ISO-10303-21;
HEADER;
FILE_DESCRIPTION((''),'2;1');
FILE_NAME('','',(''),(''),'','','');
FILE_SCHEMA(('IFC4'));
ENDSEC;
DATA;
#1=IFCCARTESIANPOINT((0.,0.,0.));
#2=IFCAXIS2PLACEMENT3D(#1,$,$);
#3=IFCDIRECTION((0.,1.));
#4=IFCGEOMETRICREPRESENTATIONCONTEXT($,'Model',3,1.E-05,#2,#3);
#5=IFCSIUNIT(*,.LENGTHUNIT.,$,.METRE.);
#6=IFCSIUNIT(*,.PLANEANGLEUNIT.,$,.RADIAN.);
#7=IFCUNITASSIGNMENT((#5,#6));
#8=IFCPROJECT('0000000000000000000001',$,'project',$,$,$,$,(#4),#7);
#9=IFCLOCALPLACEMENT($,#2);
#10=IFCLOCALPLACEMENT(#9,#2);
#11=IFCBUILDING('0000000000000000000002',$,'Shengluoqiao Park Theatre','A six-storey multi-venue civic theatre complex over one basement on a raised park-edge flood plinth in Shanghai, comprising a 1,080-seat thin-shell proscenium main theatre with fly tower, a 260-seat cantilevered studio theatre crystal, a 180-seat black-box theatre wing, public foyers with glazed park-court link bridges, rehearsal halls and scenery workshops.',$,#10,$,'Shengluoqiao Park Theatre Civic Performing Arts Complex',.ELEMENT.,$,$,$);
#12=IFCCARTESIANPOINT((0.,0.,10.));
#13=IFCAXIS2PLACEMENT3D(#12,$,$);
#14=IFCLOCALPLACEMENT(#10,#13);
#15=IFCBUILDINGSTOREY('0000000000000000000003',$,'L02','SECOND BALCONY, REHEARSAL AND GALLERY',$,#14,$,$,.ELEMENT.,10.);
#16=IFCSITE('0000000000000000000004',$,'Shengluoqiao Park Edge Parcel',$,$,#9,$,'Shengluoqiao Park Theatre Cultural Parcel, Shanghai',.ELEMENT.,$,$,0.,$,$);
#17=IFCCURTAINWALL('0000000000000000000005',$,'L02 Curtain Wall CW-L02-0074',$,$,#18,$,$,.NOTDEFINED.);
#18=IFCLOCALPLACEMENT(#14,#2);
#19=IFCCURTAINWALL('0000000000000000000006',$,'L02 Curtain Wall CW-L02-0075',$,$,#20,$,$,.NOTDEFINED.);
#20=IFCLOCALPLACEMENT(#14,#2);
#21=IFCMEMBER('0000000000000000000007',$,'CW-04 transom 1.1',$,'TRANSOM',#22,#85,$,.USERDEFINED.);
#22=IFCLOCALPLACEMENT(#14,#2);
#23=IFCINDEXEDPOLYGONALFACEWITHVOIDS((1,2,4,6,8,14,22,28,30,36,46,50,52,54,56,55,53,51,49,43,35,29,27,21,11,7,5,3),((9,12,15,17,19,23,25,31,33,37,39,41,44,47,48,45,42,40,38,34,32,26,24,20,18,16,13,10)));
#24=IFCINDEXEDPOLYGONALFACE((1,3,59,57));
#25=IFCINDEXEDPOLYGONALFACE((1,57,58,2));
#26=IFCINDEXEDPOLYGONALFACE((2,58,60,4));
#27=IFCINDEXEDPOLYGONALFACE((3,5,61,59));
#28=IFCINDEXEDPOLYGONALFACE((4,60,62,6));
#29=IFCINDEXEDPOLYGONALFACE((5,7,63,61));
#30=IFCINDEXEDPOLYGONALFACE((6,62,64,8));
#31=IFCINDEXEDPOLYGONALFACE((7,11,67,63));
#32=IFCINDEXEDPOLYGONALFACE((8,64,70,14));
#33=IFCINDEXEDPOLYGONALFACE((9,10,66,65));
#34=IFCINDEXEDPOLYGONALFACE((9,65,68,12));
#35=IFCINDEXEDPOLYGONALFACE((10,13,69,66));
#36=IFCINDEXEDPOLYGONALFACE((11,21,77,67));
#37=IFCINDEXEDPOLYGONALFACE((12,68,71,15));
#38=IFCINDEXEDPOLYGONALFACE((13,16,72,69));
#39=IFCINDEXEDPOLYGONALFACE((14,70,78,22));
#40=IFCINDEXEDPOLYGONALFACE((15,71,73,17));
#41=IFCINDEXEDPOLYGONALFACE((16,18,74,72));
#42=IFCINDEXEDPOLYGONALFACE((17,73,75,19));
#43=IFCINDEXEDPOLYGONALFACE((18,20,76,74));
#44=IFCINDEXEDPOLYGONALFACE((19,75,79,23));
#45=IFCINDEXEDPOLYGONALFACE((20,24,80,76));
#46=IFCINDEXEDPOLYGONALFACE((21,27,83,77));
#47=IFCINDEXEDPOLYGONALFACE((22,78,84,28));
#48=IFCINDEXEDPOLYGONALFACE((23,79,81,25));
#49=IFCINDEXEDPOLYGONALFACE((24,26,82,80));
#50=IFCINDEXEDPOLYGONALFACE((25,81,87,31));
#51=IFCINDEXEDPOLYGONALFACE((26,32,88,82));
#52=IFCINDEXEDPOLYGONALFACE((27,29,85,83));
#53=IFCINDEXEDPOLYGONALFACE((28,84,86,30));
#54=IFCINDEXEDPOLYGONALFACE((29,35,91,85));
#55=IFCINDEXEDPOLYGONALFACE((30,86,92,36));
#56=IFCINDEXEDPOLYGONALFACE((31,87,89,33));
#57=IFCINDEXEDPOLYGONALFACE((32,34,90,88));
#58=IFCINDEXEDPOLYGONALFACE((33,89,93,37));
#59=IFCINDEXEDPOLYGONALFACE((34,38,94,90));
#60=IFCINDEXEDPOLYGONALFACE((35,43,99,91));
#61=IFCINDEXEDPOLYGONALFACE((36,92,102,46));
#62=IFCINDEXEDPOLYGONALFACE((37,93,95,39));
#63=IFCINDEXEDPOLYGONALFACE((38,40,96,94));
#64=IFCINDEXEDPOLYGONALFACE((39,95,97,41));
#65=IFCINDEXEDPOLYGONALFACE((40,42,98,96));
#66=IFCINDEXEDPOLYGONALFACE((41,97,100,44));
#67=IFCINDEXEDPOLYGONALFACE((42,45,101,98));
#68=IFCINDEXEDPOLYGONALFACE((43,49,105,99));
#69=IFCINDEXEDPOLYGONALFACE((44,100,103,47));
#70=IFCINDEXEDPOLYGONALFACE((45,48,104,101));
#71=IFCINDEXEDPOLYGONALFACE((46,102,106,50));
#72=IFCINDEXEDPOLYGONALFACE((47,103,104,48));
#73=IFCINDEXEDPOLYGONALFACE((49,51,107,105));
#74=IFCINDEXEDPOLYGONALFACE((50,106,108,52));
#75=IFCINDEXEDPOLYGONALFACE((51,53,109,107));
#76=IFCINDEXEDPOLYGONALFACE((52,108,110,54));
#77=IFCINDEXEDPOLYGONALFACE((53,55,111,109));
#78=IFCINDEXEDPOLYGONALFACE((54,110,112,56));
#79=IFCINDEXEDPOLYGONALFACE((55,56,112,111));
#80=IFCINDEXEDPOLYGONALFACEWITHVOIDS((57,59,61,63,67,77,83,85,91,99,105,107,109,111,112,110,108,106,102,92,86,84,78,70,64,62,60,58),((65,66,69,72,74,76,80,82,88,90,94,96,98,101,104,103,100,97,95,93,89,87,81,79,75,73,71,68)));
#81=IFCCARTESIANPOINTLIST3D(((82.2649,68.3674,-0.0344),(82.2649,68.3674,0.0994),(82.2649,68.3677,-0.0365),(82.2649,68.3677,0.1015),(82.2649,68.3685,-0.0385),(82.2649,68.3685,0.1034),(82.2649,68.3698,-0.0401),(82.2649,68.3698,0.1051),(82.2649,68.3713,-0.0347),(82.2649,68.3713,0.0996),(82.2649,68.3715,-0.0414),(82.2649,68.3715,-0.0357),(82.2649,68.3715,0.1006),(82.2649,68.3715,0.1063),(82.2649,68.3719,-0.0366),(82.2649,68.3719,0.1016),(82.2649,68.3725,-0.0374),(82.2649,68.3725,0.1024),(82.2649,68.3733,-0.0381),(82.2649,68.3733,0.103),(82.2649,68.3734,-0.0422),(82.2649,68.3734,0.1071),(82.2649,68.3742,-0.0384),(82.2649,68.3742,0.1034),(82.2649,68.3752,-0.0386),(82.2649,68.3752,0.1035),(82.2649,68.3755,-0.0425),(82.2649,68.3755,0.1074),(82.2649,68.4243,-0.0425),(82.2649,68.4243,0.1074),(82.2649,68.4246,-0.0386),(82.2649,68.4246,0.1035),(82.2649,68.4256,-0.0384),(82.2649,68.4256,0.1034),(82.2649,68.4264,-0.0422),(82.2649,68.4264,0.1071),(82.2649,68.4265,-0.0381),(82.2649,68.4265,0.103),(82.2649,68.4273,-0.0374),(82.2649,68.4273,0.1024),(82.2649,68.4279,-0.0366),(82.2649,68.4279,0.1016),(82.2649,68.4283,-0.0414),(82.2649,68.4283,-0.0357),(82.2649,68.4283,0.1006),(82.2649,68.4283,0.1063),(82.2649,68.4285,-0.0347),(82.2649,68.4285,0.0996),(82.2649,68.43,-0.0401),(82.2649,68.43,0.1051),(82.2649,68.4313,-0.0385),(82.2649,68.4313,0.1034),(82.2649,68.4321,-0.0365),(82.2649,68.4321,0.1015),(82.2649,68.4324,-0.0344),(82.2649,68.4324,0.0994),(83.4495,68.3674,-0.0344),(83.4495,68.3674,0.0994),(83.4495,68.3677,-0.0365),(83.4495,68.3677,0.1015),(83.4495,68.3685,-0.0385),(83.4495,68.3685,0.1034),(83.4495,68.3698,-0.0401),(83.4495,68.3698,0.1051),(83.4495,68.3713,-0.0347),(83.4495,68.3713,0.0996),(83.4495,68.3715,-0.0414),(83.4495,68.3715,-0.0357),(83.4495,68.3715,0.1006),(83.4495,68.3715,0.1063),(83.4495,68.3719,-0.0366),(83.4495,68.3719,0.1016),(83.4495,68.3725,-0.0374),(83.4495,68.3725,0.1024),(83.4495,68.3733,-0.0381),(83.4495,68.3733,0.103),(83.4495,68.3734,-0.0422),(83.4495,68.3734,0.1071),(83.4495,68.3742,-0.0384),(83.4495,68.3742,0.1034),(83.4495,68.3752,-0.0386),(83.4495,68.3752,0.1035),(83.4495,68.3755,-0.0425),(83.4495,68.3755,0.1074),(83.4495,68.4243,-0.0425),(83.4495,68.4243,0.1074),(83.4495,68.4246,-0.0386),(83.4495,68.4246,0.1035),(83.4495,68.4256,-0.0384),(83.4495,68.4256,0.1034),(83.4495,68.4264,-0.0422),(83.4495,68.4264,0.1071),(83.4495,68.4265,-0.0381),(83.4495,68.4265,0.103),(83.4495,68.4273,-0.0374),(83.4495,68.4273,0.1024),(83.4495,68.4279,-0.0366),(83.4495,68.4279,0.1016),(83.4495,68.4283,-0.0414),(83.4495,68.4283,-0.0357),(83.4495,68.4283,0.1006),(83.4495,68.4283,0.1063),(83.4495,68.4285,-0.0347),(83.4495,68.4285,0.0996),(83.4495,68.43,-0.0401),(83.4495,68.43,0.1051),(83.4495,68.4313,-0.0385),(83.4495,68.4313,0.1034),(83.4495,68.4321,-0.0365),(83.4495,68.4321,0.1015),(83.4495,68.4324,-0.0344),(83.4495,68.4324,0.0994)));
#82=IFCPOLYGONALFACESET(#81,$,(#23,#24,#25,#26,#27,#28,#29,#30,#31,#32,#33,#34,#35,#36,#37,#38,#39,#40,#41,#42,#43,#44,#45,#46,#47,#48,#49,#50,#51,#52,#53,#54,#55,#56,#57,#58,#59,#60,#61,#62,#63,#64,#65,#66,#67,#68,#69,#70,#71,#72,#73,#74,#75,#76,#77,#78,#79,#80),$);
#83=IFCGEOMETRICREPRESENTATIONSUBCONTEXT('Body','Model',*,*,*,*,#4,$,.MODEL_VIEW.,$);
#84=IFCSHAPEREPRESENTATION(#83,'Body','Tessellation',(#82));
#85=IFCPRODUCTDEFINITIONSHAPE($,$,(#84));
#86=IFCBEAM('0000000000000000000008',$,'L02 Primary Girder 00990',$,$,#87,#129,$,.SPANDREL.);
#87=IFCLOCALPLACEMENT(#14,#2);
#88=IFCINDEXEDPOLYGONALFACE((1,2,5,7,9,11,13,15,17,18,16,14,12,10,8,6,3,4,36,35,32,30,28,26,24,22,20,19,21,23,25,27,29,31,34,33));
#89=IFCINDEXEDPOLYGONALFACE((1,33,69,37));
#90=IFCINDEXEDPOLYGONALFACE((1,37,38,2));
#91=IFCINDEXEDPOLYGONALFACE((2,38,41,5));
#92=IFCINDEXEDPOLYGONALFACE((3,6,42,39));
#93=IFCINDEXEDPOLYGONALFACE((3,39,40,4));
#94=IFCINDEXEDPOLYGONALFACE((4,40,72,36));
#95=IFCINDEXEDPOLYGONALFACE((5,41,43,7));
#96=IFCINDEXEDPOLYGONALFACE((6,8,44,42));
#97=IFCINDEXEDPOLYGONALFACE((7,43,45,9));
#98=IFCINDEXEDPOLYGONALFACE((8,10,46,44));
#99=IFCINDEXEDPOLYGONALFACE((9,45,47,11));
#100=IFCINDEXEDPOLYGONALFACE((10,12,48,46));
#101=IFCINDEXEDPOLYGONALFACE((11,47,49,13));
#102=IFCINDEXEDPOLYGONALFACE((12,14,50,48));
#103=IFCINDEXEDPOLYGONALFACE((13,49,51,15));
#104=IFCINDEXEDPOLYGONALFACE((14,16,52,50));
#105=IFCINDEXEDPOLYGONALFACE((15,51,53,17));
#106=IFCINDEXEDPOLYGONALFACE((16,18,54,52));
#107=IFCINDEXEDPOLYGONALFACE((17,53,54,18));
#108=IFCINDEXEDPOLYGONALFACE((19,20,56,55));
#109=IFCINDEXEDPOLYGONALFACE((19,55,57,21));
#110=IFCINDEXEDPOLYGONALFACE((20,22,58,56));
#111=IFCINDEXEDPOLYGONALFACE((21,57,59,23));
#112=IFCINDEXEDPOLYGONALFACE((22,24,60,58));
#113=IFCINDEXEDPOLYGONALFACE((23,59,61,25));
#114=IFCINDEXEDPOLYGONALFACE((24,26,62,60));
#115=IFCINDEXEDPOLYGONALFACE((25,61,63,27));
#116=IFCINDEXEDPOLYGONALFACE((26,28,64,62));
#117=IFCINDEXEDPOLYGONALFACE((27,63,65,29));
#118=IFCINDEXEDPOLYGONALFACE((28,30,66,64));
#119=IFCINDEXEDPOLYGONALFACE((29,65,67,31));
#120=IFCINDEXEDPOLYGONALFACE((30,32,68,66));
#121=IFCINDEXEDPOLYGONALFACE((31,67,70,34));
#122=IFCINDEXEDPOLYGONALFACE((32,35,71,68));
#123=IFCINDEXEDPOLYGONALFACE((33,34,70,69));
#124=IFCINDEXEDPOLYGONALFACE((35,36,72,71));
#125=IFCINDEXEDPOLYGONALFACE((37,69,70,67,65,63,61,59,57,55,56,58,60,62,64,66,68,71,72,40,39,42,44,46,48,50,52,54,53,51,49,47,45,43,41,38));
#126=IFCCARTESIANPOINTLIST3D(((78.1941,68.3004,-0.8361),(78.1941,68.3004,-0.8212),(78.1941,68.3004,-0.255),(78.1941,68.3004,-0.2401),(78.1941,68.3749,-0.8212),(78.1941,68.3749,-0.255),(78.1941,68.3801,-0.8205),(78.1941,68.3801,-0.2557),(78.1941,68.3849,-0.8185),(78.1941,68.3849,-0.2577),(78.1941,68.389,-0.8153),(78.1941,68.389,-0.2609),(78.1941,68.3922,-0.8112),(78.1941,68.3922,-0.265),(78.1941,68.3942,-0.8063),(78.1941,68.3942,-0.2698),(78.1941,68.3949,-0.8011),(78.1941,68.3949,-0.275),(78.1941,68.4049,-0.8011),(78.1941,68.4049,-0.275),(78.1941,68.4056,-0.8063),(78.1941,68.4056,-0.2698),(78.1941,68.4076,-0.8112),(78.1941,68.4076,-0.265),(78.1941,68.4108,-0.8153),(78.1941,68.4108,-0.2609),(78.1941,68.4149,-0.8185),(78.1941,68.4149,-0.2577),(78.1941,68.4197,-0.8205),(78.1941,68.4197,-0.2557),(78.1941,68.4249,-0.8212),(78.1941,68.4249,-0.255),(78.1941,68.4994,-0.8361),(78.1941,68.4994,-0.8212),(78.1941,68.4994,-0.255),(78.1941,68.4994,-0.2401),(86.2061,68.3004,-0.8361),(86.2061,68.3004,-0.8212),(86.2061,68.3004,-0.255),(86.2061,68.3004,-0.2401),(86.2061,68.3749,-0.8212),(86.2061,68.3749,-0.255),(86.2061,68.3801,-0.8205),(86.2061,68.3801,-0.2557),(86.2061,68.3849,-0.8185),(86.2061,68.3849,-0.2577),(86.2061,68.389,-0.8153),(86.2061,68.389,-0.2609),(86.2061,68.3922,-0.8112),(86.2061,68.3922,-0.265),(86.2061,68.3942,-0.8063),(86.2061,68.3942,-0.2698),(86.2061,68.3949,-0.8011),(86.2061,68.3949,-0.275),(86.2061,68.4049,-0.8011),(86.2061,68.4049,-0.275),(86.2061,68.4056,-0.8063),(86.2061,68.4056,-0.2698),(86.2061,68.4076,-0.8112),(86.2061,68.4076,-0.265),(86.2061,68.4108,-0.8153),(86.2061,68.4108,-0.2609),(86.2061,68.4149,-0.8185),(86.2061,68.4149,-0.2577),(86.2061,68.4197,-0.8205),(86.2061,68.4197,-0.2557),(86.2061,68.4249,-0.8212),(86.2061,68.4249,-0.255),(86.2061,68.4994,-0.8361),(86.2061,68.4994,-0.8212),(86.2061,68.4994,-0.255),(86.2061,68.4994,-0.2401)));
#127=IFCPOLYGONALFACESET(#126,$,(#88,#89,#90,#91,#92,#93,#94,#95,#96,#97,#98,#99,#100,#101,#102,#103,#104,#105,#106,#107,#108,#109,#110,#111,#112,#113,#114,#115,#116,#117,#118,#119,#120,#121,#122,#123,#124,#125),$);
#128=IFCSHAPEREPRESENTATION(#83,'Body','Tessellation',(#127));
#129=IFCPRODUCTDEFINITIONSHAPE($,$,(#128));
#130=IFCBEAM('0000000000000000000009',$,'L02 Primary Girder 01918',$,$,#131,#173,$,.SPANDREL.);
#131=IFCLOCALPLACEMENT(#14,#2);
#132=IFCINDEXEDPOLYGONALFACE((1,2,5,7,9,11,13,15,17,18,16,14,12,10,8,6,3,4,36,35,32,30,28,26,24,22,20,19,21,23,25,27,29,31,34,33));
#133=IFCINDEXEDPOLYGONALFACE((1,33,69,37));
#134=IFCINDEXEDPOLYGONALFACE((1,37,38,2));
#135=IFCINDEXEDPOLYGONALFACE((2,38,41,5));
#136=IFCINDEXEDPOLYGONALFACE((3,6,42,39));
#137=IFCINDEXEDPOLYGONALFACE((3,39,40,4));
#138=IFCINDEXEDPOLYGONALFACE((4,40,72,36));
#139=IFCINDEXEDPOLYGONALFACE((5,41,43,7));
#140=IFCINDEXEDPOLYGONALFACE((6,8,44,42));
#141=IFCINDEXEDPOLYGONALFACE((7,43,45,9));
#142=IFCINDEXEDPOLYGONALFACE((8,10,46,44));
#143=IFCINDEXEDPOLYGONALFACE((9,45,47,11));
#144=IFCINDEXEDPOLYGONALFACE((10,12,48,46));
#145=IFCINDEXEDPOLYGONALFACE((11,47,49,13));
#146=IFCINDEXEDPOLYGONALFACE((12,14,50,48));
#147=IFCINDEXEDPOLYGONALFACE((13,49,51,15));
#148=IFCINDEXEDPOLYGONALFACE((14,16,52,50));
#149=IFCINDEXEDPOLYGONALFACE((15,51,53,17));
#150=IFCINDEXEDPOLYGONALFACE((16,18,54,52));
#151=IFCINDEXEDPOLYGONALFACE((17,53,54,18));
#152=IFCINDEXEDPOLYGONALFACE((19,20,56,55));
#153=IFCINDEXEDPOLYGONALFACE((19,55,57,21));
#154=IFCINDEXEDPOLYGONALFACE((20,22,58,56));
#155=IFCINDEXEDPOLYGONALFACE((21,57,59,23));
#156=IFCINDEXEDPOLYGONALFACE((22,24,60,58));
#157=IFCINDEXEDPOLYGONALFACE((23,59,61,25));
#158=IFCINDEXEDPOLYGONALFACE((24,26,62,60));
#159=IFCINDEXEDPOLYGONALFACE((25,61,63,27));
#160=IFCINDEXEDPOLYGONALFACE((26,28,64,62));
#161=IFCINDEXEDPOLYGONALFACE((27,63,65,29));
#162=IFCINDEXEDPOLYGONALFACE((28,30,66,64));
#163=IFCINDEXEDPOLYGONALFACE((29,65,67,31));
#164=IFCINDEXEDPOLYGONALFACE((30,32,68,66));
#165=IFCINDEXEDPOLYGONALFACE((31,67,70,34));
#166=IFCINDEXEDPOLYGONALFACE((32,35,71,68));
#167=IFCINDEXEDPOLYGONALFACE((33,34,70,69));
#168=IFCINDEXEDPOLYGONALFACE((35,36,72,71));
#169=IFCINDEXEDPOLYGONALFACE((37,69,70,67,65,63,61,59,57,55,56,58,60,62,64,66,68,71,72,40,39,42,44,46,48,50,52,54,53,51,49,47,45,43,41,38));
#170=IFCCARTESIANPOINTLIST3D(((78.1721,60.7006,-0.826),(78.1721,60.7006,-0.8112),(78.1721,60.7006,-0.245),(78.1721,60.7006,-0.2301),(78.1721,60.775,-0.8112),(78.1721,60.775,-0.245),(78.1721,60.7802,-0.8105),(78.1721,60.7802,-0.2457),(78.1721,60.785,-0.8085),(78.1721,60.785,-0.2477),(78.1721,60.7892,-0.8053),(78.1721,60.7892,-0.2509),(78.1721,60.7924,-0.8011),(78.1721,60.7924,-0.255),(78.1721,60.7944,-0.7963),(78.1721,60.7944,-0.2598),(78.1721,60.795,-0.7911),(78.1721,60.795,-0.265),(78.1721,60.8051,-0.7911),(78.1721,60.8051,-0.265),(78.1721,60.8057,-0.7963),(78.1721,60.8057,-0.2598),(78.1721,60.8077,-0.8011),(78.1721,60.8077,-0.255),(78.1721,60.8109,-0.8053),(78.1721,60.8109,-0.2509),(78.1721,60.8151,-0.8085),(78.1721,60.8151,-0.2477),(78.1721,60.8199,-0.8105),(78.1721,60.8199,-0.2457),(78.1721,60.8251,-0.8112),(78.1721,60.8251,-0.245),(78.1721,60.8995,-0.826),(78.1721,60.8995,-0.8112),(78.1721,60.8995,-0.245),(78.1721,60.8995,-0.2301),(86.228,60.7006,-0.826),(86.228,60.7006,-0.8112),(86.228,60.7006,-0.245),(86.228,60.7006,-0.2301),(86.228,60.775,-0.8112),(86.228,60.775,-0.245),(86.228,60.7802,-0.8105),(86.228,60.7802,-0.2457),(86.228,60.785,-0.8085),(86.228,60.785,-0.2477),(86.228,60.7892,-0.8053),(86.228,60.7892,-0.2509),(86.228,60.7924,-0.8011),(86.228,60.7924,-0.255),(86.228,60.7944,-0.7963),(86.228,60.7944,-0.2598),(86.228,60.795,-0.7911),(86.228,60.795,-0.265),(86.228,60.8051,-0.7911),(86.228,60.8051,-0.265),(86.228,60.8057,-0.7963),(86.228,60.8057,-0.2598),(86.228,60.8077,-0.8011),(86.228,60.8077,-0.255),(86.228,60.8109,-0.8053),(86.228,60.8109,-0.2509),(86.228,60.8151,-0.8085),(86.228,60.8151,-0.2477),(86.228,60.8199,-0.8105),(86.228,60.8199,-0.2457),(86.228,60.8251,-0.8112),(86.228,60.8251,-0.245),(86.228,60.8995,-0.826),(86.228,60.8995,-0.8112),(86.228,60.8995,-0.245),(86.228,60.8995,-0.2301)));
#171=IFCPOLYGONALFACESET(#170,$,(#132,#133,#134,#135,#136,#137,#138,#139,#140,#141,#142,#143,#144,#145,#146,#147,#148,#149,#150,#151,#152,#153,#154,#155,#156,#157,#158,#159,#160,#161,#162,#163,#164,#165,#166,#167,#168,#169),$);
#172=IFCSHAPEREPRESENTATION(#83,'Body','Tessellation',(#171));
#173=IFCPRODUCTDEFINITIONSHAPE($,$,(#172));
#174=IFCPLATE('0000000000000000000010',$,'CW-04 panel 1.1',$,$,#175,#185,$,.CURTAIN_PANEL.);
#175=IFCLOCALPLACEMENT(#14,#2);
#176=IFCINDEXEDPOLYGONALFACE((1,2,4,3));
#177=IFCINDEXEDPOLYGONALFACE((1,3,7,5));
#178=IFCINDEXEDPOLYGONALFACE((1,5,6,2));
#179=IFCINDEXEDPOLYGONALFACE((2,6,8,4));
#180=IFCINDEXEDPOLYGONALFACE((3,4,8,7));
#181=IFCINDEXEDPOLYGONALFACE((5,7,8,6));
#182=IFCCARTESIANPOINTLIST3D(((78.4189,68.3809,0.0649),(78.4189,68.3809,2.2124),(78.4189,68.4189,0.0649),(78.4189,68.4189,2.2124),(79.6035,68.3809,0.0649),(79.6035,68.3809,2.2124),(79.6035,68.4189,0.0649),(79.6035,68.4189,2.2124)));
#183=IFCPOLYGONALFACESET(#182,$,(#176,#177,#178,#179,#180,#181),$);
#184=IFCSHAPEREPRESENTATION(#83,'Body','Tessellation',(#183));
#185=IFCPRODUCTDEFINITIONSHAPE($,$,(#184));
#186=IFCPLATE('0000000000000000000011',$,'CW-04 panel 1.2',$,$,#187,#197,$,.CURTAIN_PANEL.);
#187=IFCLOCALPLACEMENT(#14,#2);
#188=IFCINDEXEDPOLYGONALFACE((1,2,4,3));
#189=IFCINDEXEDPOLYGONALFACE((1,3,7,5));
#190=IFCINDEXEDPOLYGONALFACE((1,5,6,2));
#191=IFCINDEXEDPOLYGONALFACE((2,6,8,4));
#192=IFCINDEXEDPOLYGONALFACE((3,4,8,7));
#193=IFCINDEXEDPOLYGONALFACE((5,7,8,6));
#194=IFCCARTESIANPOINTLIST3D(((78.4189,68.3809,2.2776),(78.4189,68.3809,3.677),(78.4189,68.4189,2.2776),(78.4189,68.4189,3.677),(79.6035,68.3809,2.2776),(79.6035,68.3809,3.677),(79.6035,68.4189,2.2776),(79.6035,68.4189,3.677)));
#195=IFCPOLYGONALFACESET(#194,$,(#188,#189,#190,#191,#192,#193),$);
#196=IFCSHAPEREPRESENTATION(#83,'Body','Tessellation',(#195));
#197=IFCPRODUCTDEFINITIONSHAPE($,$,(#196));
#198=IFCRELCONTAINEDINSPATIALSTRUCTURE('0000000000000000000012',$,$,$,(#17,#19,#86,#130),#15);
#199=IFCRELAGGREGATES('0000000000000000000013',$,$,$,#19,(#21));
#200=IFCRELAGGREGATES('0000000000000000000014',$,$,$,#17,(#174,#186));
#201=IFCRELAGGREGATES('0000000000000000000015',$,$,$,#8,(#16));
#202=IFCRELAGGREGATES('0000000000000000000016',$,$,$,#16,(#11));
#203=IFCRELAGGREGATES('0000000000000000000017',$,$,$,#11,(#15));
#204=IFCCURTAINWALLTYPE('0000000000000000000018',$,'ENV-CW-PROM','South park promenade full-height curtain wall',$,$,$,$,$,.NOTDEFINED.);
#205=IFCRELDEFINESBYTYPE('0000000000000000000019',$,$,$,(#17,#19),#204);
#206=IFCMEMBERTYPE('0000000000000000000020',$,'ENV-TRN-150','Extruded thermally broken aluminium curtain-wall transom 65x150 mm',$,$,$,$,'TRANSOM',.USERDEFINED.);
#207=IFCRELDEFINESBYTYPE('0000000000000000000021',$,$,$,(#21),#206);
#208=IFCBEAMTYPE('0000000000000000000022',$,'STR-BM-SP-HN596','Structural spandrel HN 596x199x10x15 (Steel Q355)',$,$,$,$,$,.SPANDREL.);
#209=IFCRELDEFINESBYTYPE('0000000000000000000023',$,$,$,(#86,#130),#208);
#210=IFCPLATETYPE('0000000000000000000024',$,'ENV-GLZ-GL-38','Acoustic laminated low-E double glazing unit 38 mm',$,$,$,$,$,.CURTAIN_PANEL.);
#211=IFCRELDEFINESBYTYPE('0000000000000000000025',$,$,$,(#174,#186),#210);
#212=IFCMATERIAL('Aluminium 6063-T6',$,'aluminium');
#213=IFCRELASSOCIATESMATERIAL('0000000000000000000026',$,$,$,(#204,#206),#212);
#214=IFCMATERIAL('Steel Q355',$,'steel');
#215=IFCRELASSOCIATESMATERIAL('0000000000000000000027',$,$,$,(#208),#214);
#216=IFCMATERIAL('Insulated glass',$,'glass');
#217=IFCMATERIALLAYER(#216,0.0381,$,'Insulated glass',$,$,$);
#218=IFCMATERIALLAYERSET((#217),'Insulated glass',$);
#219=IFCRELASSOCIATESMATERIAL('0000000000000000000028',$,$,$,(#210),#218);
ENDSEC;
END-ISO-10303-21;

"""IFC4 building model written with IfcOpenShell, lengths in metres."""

from ifc_helpers import new_model, si_unit, direction, frame, origin, origin_2d, place, context, subcontext, project, spatial, rectangle, hollow_rectangle, i_section, extrude, material, layer, layer_set, material_profile, profile_set, type_object, element, aggregate, save


model = new_model("IFC4")

# Units and contexts
model_context = context("Model", 3, precision=1e-05, world=origin(), true_north=direction((0.0, 1.0)))
body_context = subcontext(model_context, "Body", "Model", "MODEL_VIEW")
ifc_project = project(units=[si_unit("LENGTHUNIT", "METRE"), si_unit("PLANEANGLEUNIT", "RADIAN")], contexts=[model_context])

# Site, building, storey
site_placement = place(None, origin())
site = spatial("IfcSite", under=ifc_project, at=site_placement, Name="Shengluoqiao Park Edge Parcel", LongName="Shengluoqiao Park Theatre Cultural Parcel, Shanghai", CompositionType="ELEMENT", RefElevation=0.0)
building_placement = place(site_placement, origin())
building = spatial("IfcBuilding", under=site, at=building_placement, Name="Shengluoqiao Park Theatre", Description="A six-storey multi-venue civic theatre complex over one basement on a raised park-edge flood plinth in Shanghai, comprising a 1,080-seat thin-shell proscenium main theatre with fly tower, a 260-seat cantilevered studio theatre crystal, a 180-seat black-box theatre wing, public foyers with glazed park-court link bridges, rehearsal halls and scenery workshops.", LongName="Shengluoqiao Park Theatre Civic Performing Arts Complex", CompositionType="ELEMENT")
storey_placement = place(building_placement, frame((0.0, 0.0, 10.0)))
storey = spatial("IfcBuildingStorey", under=building, at=storey_placement, Name="L02", Description="SECOND BALCONY, REHEARSAL AND GALLERY", CompositionType="ELEMENT", Elevation=10.0)

# Curtain wall
ifc_material_1 = material(Name="Aluminium 6063-T6", Category="aluminium")
curtain_wall_type = type_object("IfcCurtainWallType", Name="ENV-CW-PROM", Description="South park promenade full-height curtain wall", PredefinedType="NOTDEFINED", material=ifc_material_1)
curtain_wall_1_placement = place(storey_placement, origin())
curtain_wall_1 = element("IfcCurtainWall", 1, at=curtain_wall_1_placement, inside=storey, type_object=curtain_wall_type, Name="L02 Curtain Wall CW-L02-0074", PredefinedType="NOTDEFINED")

# Curtain wall
curtain_wall_2_placement = place(storey_placement, origin())
curtain_wall_2 = element("IfcCurtainWall", 2, at=curtain_wall_2_placement, inside=storey, type_object=curtain_wall_type, Name="L02 Curtain Wall CW-L02-0075", PredefinedType="NOTDEFINED")

# Member
ifc_material_profile_1 = material_profile(ifc_material_1, hollow_rectangle(XDim=0.0649, YDim=0.1499, WallThickness=0.0039, InnerFilletRadius=0.0039, OuterFilletRadius=0.0081, at=origin_2d()), Name="ALU TRANSOM 150x65x4")
ifc_profile_set_1 = profile_set([ifc_material_profile_1], Name="Aluminium 6063-T6")
member_type_1 = type_object("IfcMemberType", Name="ENV-TRN-150", Description="Extruded thermally broken aluminium curtain-wall transom 65x150 mm", ElementType="TRANSOM", PredefinedType="USERDEFINED", material=ifc_profile_set_1)
member_1_placement = place(storey_placement, frame((82.2649, 68.3999, 0.0325), z_axis=(1.0, 0.0, 0.0), x_axis=(0.0, 1.0, 0.0)))
member_1 = element("IfcMember", 3, at=member_1_placement, type_object=member_type_1, Name="CW-04 transom 1.1", ObjectType="TRANSOM", PredefinedType="USERDEFINED", context=body_context, shape_type="SweptSolid", body=[
    extrude(hollow_rectangle(XDim=0.0649, YDim=0.1499, WallThickness=0.0039, InnerFilletRadius=0.0039, OuterFilletRadius=0.0081, at=origin_2d()), origin(), (0.0, 0.0, 1.0), 1.1846),
])
aggregate(curtain_wall_2, [member_1])

# Beams
ifc_material_2 = material(Name="Steel Q355", Category="steel")
ifc_material_profile_2 = material_profile(ifc_material_2, i_section(OverallWidth=0.199, OverallDepth=0.5959, WebThickness=0.01, FlangeThickness=0.0149, FilletRadius=0.02, at=origin_2d()), Name="HN 596x199x10x15")
ifc_profile_set_2 = profile_set([ifc_material_profile_2], Name="Steel Q355")
beam_type = type_object("IfcBeamType", Name="STR-BM-SP-HN596", Description="Structural spandrel HN 596x199x10x15 (Steel Q355)", PredefinedType="SPANDREL", material=ifc_profile_set_2)
beam_1_placement = place(storey_placement, frame((78.1941, 68.3999, -0.5381), z_axis=(1.0, 0.0, 0.0), x_axis=(0.0, 1.0, 0.0)))
element("IfcBeam", 4, at=beam_1_placement, inside=storey, type_object=beam_type, Name="L02 Primary Girder 00990", PredefinedType="SPANDREL", context=body_context, shape_type="SweptSolid", body=[
    extrude(i_section(OverallWidth=0.199, OverallDepth=0.5959, WebThickness=0.01, FlangeThickness=0.0149, FilletRadius=0.02, at=origin_2d()), origin(), (0.0, 0.0, 1.0), 8.012),
])
beam_2_placement = place(storey_placement, frame((78.1721, 60.8, -0.5281), z_axis=(1.0, 0.0, 0.0), x_axis=(0.0, 1.0, 0.0)))
element("IfcBeam", 5, at=beam_2_placement, inside=storey, type_object=beam_type, Name="L02 Primary Girder 01918", PredefinedType="SPANDREL", context=body_context, shape_type="SweptSolid", body=[
    extrude(i_section(OverallWidth=0.199, OverallDepth=0.5959, WebThickness=0.01, FlangeThickness=0.0149, FilletRadius=0.02, at=origin_2d()), origin(), (0.0, 0.0, 1.0), 8.0559),
])

# Plates
ifc_material_3 = material(Name="Insulated glass", Category="glass")
ifc_layer = layer(ifc_material_3, 0.0381, Name="Insulated glass")
ifc_layer_set = layer_set([ifc_layer], Name="Insulated glass")
plate_type = type_object("IfcPlateType", Name="ENV-GLZ-GL-38", Description="Acoustic laminated low-E double glazing unit 38 mm", PredefinedType="CURTAIN_PANEL", material=ifc_layer_set)
plate_1_placement = place(storey_placement, frame((79.0112, 68.3999, 0.0649), z_axis=(0.0, 0.0, 1.0), x_axis=(1.0, 0.0, 0.0)))
plate_1 = element("IfcPlate", 6, at=plate_1_placement, type_object=plate_type, Name="CW-04 panel 1.1", PredefinedType="CURTAIN_PANEL", context=body_context, shape_type="SweptSolid", body=[
    extrude(rectangle(XDim=1.1846, YDim=0.0381, at=origin_2d()), origin(), (0.0, 0.0, 1.0), 2.1475),
])
plate_2_placement = place(storey_placement, frame((79.0112, 68.3999, 2.2776), z_axis=(0.0, 0.0, 1.0), x_axis=(1.0, 0.0, 0.0)))
plate_2 = element("IfcPlate", 7, at=plate_2_placement, type_object=plate_type, Name="CW-04 panel 1.2", PredefinedType="CURTAIN_PANEL", context=body_context, shape_type="SweptSolid", body=[
    extrude(rectangle(XDim=1.1846, YDim=0.0381, at=origin_2d()), origin(), (0.0, 0.0, 1.0), 1.3994),
])
aggregate(curtain_wall_1, [plate_1, plate_2])

save(model, "model.ifc")
